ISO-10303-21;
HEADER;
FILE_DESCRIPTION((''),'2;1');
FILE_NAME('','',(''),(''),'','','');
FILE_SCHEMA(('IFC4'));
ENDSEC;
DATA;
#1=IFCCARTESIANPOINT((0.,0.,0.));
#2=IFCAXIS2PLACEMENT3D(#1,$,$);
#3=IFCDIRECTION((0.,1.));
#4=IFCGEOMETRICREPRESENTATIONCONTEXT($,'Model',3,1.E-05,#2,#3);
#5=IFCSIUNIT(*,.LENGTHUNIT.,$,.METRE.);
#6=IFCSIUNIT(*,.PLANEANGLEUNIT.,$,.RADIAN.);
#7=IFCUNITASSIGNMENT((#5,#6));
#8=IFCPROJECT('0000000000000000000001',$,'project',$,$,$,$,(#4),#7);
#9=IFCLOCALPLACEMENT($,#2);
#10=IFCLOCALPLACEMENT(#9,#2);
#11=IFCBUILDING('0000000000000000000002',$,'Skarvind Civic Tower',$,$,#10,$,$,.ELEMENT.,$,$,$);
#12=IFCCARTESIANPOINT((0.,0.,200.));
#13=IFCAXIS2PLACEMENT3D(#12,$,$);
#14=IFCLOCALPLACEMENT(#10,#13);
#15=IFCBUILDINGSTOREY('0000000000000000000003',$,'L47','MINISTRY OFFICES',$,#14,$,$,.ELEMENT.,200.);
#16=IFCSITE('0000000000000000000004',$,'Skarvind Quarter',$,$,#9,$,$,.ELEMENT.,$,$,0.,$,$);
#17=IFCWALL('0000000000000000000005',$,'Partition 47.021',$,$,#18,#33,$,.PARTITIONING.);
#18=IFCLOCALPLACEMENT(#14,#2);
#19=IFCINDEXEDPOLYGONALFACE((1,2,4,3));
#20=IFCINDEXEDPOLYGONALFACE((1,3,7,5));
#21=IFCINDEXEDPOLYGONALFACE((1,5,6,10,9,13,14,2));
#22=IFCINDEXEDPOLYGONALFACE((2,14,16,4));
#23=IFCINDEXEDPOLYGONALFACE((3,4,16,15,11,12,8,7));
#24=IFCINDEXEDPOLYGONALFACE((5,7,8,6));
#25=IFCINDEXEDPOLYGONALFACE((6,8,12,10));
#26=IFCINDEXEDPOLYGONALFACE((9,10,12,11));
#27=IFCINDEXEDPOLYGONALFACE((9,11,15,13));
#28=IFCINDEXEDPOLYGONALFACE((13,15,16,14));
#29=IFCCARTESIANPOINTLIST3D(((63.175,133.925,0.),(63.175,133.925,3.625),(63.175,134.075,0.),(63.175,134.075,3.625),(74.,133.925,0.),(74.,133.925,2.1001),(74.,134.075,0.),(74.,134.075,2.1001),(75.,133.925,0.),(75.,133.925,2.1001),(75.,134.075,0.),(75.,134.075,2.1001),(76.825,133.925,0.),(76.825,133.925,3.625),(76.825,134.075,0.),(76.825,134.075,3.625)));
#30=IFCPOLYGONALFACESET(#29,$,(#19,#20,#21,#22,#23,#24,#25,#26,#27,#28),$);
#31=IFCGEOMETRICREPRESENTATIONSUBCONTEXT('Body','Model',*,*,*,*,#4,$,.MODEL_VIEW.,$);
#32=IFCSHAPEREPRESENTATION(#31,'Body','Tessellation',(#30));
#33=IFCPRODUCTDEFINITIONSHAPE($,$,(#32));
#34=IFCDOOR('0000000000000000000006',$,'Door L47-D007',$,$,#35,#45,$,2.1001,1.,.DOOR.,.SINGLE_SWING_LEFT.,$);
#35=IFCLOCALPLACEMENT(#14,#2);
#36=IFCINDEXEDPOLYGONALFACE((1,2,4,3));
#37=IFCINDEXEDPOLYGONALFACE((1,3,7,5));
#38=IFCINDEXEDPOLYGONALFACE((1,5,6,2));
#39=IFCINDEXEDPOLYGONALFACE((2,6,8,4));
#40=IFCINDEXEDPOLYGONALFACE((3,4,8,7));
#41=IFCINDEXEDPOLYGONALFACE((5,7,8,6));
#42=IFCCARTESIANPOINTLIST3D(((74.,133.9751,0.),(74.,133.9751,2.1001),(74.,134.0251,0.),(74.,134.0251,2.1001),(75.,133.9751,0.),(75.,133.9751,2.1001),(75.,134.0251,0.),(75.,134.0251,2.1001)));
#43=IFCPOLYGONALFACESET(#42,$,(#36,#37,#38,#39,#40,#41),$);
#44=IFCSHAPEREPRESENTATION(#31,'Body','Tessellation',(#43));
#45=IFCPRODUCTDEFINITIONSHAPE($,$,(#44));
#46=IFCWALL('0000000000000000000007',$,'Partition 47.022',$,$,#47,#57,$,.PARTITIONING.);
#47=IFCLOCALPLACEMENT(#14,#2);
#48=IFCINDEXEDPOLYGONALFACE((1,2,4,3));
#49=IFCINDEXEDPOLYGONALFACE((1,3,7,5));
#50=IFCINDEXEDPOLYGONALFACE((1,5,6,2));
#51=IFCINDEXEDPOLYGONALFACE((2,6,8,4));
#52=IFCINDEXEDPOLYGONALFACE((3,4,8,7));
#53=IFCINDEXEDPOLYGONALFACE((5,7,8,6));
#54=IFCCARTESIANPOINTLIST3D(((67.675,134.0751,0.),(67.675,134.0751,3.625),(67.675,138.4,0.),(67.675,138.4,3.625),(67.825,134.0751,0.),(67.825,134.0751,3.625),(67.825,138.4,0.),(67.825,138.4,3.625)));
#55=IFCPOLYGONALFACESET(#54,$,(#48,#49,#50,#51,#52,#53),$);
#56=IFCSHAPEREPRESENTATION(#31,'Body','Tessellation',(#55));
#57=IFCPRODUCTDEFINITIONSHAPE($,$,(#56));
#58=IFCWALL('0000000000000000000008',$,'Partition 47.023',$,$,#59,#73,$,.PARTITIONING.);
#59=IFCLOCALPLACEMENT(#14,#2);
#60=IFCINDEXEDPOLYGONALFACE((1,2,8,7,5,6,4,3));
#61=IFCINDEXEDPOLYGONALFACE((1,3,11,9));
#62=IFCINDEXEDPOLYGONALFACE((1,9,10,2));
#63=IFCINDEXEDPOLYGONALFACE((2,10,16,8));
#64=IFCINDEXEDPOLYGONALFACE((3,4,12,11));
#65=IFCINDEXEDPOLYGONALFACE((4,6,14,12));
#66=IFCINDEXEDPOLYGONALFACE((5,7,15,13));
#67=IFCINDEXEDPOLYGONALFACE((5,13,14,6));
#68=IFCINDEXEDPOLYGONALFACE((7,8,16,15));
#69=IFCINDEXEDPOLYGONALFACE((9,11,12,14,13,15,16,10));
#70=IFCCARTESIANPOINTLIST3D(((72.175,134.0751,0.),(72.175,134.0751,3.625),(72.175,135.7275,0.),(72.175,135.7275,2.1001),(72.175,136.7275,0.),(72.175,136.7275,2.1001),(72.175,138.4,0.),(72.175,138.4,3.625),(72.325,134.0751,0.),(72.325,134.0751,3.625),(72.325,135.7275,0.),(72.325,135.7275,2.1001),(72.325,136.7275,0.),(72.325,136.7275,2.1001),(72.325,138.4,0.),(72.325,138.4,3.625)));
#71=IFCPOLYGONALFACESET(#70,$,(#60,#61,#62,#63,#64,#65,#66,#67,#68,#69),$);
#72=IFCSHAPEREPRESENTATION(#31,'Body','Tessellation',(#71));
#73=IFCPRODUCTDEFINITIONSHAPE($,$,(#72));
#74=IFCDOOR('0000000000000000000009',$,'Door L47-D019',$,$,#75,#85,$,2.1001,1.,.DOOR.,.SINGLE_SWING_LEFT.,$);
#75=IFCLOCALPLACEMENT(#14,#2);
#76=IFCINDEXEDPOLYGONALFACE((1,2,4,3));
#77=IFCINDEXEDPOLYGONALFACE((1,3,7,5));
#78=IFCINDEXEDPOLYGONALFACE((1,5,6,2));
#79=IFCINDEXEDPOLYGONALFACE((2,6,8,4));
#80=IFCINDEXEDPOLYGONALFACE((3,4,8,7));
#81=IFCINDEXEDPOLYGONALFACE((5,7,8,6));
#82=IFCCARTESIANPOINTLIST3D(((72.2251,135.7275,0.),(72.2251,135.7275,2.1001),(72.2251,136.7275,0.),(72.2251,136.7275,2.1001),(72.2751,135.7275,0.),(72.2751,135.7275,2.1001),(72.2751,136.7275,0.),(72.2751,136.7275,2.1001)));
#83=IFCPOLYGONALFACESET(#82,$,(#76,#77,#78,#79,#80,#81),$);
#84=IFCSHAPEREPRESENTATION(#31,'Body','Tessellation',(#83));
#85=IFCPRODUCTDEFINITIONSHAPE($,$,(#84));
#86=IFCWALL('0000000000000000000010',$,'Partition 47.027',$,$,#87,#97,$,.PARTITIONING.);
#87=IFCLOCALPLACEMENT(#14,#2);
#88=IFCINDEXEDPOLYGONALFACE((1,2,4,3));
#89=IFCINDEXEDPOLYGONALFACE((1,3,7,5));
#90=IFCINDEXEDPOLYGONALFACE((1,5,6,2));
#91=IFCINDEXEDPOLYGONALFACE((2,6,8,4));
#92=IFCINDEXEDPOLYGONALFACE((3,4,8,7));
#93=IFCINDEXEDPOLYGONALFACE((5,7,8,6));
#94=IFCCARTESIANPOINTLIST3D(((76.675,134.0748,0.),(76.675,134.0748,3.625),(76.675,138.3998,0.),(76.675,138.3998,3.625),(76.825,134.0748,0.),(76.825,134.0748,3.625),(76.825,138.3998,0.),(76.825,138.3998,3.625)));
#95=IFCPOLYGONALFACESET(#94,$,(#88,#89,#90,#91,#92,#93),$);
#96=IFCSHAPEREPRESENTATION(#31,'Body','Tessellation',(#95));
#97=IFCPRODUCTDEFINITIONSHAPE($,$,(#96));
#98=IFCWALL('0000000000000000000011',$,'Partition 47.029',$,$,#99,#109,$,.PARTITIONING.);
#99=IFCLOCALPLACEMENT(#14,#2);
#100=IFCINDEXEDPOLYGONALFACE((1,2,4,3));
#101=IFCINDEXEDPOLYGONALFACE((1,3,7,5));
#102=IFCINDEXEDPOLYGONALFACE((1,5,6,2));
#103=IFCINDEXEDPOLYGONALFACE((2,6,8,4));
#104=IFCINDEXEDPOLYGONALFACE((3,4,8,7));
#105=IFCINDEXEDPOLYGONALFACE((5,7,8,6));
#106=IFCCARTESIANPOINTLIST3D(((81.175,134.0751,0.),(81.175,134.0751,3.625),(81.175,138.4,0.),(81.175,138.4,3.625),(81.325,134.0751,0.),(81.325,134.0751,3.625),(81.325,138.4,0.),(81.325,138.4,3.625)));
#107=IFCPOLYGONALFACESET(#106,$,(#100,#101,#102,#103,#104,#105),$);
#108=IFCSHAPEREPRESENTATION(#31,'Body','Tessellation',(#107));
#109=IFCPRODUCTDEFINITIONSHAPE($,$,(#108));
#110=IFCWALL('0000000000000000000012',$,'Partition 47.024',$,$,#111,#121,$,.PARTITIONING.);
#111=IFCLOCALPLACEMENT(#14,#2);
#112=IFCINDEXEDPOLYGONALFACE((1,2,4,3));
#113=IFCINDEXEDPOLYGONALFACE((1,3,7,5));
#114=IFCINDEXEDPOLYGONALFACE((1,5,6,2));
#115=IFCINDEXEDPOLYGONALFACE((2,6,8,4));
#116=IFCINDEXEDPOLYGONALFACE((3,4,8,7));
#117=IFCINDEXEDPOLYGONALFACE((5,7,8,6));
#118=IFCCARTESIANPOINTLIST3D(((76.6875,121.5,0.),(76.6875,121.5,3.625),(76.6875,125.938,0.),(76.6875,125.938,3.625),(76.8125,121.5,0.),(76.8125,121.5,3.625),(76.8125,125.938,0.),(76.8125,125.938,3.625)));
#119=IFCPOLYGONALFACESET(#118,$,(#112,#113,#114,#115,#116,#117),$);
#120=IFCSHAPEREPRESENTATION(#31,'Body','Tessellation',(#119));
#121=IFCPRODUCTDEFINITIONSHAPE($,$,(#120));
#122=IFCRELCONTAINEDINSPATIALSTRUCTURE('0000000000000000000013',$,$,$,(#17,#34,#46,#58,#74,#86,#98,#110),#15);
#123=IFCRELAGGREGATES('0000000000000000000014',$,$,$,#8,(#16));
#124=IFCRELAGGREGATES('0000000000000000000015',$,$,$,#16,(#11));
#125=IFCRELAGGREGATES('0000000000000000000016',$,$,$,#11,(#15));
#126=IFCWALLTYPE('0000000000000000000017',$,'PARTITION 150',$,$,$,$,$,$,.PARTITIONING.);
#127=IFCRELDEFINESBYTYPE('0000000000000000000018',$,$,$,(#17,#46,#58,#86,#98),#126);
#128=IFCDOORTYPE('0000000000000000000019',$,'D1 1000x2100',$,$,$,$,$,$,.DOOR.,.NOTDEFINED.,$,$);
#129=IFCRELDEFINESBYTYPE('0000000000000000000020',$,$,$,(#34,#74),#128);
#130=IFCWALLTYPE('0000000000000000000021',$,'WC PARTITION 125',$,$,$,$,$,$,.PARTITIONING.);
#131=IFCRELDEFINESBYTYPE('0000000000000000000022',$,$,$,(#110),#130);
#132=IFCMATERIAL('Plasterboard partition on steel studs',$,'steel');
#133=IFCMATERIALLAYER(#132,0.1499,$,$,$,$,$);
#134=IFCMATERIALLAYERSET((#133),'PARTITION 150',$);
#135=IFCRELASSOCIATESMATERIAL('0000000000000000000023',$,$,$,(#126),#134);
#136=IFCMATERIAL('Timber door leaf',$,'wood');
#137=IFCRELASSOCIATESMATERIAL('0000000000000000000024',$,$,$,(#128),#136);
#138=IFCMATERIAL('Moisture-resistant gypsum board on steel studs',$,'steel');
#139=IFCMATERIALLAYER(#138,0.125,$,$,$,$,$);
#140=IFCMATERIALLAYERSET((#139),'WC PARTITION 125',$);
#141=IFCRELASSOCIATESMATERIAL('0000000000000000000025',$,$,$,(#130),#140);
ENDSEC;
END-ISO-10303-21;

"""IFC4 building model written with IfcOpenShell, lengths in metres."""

from ifc_helpers import new_model, si_unit, direction, frame, frame_2d, origin, place, context, subcontext, project, spatial, rectangle, extrude, material, layer, layer_set, type_object, element, fill, save


model = new_model("IFC4")

# Units and contexts
model_context = context("Model", 3, precision=1e-05, world=origin(), true_north=direction((0.0, 1.0)))
body_context = subcontext(model_context, "Body", "Model", "MODEL_VIEW")
ifc_project = project(units=[si_unit("LENGTHUNIT", "METRE"), si_unit("PLANEANGLEUNIT", "RADIAN")], contexts=[model_context])

# Site, building, storey
site_placement = place(None, origin())
site = spatial("IfcSite", under=ifc_project, at=site_placement, Name="Skarvind Quarter", CompositionType="ELEMENT", RefElevation=0.0)
building_placement = place(site_placement, origin())
building = spatial("IfcBuilding", under=site, at=building_placement, Name="Skarvind Civic Tower", CompositionType="ELEMENT")
storey_placement = place(building_placement, frame((0.0, 0.0, 200.0)))
storey = spatial("IfcBuildingStorey", under=building, at=storey_placement, Name="L47", Description="MINISTRY OFFICES", CompositionType="ELEMENT", Elevation=200.0)

# Wall, opening, door
ifc_material_1 = material(Name="Plasterboard partition on steel studs", Category="steel")
ifc_layer_1 = layer(ifc_material_1, 0.1499)
ifc_layer_set_1 = layer_set([ifc_layer_1], Name="PARTITION 150")
wall_type_1 = type_object("IfcWallType", Name="PARTITION 150", PredefinedType="PARTITIONING", material=ifc_layer_set_1)
ifc_material_2 = material(Name="Timber door leaf", Category="wood")
door_type_1 = type_object("IfcDoorType", Name="D1 1000x2100", OperationType="NOTDEFINED", PredefinedType="DOOR", material=ifc_material_2)
wall_1_placement = place(storey_placement, frame((76.825, 134.0, 0.0), z_axis=(0.0, 0.0, 1.0), x_axis=(-1.0, 0.0, 0.0)))
wall_1 = element("IfcWall", 1, at=wall_1_placement, inside=storey, type_object=wall_type_1, Name="Partition 47.021", PredefinedType="PARTITIONING", context=body_context, shape_type="SweptSolid", body=[
    extrude(rectangle(XDim=13.6499, YDim=0.1499, at=frame_2d((6.825, 0.0))), origin(), (0.0, 0.0, 1.0), 3.625),
])
opening_1_placement = place(wall_1_placement, frame((1.825, 0.0, 0.0)))
opening_1 = element("IfcOpeningElement", 2, at=opening_1_placement, cuts=wall_1, PredefinedType="OPENING", context=body_context, shape_type="SweptSolid", body=[
    extrude(rectangle(XDim=1.0, YDim=2.1001, at=frame_2d((0.5, 1.05))), frame((0.0, 0.085, 0.0), z_axis=(0.0, -1.0, 0.0), x_axis=(1.0, 0.0, 0.0)), (0.0, 0.0, 1.0), 0.1699),
])
door_1_placement = place(opening_1_placement, origin())
door_1 = element("IfcDoor", 3, at=door_1_placement, inside=storey, type_object=door_type_1, Name="Door L47-D007", OperationType="SINGLE_SWING_LEFT", OverallHeight=2.1001, OverallWidth=1.0, PredefinedType="DOOR", context=body_context, shape_type="SweptSolid", body=[
    extrude(rectangle(XDim=1.0, YDim=2.1001, at=frame_2d((0.5, 1.05))), frame((0.0, 0.0249, 0.0), z_axis=(0.0, -1.0, 0.0), x_axis=(1.0, 0.0, 0.0)), (0.0, 0.0, 1.0), 0.05),
])
fill(opening_1, door_1)

# Wall
wall_2_placement = place(storey_placement, frame((67.75, 134.075, 0.0), z_axis=(0.0, 0.0, 1.0), x_axis=(0.0, 1.0, 0.0)))
element("IfcWall", 4, at=wall_2_placement, inside=storey, type_object=wall_type_1, Name="Partition 47.022", PredefinedType="PARTITIONING", context=body_context, shape_type="SweptSolid", body=[
    extrude(rectangle(XDim=4.325, YDim=0.1499, at=frame_2d((2.1626, 0.0))), origin(), (0.0, 0.0, 1.0), 3.625),
])

# Wall, opening, door
wall_3_placement = place(storey_placement, frame((72.25, 134.075, 0.0), z_axis=(0.0, 0.0, 1.0), x_axis=(0.0, 1.0, 0.0)))
wall_3 = element("IfcWall", 5, at=wall_3_placement, inside=storey, type_object=wall_type_1, Name="Partition 47.023", PredefinedType="PARTITIONING", context=body_context, shape_type="SweptSolid", body=[
    extrude(rectangle(XDim=4.325, YDim=0.1499, at=frame_2d((2.1626, 0.0))), origin(), (0.0, 0.0, 1.0), 3.625),
])
opening_2_placement = place(wall_3_placement, frame((1.6526, 0.0, 0.0)))
opening_2 = element("IfcOpeningElement", 6, at=opening_2_placement, cuts=wall_3, PredefinedType="OPENING", context=body_context, shape_type="SweptSolid", body=[
    extrude(rectangle(XDim=1.0, YDim=2.1001, at=frame_2d((0.5, 1.05))), frame((0.0, 0.085, 0.0), z_axis=(0.0, -1.0, 0.0), x_axis=(1.0, 0.0, 0.0)), (0.0, 0.0, 1.0), 0.1699),
])
door_2_placement = place(opening_2_placement, origin())
door_2 = element("IfcDoor", 7, at=door_2_placement, inside=storey, type_object=door_type_1, Name="Door L47-D019", OperationType="SINGLE_SWING_LEFT", OverallHeight=2.1001, OverallWidth=1.0, PredefinedType="DOOR", context=body_context, shape_type="SweptSolid", body=[
    extrude(rectangle(XDim=1.0, YDim=2.1001, at=frame_2d((0.5, 1.05))), frame((0.0, 0.0249, 0.0), z_axis=(0.0, -1.0, 0.0), x_axis=(1.0, 0.0, 0.0)), (0.0, 0.0, 1.0), 0.05),
])
fill(opening_2, door_2)

# Walls
for number, where, z_axis, x_axis, name in (
    (8, (76.75, 138.3999, 0.0), (0.0, 0.0, 1.0), (0.0, -1.0, 0.0), "Partition 47.027"),
    (9, (81.25, 134.075, 0.0), (0.0, 0.0, 1.0), (0.0, 1.0, 0.0), "Partition 47.029"),
):
    element("IfcWall", number, at=place(storey_placement, frame(where, z_axis=z_axis, x_axis=x_axis)), inside=storey, type_object=wall_type_1, Name=name, PredefinedType="PARTITIONING", context=body_context, shape_type="SweptSolid", body=[
        extrude(rectangle(XDim=4.325, YDim=0.1499, at=frame_2d((2.1626, 0.0))), origin(), (0.0, 0.0, 1.0), 3.625),
    ])
ifc_material_3 = material(Name="Moisture-resistant gypsum board on steel studs", Category="steel")
ifc_layer_2 = layer(ifc_material_3, 0.125)
ifc_layer_set_2 = layer_set([ifc_layer_2], Name="WC PARTITION 125")
wall_type_2 = type_object("IfcWallType", Name="WC PARTITION 125", PredefinedType="PARTITIONING", material=ifc_layer_set_2)
wall_4_placement = place(storey_placement, frame((76.75, 121.5, 0.0), z_axis=(0.0, 0.0, 1.0), x_axis=(0.0, 1.0, 0.0)))
element("IfcWall", 10, at=wall_4_placement, inside=storey, type_object=wall_type_2, Name="Partition 47.024", PredefinedType="PARTITIONING", context=body_context, shape_type="SweptSolid", body=[
    extrude(rectangle(XDim=4.438, YDim=0.125, at=frame_2d((2.219, 0.0))), origin(), (0.0, 0.0, 1.0), 3.625),
])

save(model, "model.ifc")
